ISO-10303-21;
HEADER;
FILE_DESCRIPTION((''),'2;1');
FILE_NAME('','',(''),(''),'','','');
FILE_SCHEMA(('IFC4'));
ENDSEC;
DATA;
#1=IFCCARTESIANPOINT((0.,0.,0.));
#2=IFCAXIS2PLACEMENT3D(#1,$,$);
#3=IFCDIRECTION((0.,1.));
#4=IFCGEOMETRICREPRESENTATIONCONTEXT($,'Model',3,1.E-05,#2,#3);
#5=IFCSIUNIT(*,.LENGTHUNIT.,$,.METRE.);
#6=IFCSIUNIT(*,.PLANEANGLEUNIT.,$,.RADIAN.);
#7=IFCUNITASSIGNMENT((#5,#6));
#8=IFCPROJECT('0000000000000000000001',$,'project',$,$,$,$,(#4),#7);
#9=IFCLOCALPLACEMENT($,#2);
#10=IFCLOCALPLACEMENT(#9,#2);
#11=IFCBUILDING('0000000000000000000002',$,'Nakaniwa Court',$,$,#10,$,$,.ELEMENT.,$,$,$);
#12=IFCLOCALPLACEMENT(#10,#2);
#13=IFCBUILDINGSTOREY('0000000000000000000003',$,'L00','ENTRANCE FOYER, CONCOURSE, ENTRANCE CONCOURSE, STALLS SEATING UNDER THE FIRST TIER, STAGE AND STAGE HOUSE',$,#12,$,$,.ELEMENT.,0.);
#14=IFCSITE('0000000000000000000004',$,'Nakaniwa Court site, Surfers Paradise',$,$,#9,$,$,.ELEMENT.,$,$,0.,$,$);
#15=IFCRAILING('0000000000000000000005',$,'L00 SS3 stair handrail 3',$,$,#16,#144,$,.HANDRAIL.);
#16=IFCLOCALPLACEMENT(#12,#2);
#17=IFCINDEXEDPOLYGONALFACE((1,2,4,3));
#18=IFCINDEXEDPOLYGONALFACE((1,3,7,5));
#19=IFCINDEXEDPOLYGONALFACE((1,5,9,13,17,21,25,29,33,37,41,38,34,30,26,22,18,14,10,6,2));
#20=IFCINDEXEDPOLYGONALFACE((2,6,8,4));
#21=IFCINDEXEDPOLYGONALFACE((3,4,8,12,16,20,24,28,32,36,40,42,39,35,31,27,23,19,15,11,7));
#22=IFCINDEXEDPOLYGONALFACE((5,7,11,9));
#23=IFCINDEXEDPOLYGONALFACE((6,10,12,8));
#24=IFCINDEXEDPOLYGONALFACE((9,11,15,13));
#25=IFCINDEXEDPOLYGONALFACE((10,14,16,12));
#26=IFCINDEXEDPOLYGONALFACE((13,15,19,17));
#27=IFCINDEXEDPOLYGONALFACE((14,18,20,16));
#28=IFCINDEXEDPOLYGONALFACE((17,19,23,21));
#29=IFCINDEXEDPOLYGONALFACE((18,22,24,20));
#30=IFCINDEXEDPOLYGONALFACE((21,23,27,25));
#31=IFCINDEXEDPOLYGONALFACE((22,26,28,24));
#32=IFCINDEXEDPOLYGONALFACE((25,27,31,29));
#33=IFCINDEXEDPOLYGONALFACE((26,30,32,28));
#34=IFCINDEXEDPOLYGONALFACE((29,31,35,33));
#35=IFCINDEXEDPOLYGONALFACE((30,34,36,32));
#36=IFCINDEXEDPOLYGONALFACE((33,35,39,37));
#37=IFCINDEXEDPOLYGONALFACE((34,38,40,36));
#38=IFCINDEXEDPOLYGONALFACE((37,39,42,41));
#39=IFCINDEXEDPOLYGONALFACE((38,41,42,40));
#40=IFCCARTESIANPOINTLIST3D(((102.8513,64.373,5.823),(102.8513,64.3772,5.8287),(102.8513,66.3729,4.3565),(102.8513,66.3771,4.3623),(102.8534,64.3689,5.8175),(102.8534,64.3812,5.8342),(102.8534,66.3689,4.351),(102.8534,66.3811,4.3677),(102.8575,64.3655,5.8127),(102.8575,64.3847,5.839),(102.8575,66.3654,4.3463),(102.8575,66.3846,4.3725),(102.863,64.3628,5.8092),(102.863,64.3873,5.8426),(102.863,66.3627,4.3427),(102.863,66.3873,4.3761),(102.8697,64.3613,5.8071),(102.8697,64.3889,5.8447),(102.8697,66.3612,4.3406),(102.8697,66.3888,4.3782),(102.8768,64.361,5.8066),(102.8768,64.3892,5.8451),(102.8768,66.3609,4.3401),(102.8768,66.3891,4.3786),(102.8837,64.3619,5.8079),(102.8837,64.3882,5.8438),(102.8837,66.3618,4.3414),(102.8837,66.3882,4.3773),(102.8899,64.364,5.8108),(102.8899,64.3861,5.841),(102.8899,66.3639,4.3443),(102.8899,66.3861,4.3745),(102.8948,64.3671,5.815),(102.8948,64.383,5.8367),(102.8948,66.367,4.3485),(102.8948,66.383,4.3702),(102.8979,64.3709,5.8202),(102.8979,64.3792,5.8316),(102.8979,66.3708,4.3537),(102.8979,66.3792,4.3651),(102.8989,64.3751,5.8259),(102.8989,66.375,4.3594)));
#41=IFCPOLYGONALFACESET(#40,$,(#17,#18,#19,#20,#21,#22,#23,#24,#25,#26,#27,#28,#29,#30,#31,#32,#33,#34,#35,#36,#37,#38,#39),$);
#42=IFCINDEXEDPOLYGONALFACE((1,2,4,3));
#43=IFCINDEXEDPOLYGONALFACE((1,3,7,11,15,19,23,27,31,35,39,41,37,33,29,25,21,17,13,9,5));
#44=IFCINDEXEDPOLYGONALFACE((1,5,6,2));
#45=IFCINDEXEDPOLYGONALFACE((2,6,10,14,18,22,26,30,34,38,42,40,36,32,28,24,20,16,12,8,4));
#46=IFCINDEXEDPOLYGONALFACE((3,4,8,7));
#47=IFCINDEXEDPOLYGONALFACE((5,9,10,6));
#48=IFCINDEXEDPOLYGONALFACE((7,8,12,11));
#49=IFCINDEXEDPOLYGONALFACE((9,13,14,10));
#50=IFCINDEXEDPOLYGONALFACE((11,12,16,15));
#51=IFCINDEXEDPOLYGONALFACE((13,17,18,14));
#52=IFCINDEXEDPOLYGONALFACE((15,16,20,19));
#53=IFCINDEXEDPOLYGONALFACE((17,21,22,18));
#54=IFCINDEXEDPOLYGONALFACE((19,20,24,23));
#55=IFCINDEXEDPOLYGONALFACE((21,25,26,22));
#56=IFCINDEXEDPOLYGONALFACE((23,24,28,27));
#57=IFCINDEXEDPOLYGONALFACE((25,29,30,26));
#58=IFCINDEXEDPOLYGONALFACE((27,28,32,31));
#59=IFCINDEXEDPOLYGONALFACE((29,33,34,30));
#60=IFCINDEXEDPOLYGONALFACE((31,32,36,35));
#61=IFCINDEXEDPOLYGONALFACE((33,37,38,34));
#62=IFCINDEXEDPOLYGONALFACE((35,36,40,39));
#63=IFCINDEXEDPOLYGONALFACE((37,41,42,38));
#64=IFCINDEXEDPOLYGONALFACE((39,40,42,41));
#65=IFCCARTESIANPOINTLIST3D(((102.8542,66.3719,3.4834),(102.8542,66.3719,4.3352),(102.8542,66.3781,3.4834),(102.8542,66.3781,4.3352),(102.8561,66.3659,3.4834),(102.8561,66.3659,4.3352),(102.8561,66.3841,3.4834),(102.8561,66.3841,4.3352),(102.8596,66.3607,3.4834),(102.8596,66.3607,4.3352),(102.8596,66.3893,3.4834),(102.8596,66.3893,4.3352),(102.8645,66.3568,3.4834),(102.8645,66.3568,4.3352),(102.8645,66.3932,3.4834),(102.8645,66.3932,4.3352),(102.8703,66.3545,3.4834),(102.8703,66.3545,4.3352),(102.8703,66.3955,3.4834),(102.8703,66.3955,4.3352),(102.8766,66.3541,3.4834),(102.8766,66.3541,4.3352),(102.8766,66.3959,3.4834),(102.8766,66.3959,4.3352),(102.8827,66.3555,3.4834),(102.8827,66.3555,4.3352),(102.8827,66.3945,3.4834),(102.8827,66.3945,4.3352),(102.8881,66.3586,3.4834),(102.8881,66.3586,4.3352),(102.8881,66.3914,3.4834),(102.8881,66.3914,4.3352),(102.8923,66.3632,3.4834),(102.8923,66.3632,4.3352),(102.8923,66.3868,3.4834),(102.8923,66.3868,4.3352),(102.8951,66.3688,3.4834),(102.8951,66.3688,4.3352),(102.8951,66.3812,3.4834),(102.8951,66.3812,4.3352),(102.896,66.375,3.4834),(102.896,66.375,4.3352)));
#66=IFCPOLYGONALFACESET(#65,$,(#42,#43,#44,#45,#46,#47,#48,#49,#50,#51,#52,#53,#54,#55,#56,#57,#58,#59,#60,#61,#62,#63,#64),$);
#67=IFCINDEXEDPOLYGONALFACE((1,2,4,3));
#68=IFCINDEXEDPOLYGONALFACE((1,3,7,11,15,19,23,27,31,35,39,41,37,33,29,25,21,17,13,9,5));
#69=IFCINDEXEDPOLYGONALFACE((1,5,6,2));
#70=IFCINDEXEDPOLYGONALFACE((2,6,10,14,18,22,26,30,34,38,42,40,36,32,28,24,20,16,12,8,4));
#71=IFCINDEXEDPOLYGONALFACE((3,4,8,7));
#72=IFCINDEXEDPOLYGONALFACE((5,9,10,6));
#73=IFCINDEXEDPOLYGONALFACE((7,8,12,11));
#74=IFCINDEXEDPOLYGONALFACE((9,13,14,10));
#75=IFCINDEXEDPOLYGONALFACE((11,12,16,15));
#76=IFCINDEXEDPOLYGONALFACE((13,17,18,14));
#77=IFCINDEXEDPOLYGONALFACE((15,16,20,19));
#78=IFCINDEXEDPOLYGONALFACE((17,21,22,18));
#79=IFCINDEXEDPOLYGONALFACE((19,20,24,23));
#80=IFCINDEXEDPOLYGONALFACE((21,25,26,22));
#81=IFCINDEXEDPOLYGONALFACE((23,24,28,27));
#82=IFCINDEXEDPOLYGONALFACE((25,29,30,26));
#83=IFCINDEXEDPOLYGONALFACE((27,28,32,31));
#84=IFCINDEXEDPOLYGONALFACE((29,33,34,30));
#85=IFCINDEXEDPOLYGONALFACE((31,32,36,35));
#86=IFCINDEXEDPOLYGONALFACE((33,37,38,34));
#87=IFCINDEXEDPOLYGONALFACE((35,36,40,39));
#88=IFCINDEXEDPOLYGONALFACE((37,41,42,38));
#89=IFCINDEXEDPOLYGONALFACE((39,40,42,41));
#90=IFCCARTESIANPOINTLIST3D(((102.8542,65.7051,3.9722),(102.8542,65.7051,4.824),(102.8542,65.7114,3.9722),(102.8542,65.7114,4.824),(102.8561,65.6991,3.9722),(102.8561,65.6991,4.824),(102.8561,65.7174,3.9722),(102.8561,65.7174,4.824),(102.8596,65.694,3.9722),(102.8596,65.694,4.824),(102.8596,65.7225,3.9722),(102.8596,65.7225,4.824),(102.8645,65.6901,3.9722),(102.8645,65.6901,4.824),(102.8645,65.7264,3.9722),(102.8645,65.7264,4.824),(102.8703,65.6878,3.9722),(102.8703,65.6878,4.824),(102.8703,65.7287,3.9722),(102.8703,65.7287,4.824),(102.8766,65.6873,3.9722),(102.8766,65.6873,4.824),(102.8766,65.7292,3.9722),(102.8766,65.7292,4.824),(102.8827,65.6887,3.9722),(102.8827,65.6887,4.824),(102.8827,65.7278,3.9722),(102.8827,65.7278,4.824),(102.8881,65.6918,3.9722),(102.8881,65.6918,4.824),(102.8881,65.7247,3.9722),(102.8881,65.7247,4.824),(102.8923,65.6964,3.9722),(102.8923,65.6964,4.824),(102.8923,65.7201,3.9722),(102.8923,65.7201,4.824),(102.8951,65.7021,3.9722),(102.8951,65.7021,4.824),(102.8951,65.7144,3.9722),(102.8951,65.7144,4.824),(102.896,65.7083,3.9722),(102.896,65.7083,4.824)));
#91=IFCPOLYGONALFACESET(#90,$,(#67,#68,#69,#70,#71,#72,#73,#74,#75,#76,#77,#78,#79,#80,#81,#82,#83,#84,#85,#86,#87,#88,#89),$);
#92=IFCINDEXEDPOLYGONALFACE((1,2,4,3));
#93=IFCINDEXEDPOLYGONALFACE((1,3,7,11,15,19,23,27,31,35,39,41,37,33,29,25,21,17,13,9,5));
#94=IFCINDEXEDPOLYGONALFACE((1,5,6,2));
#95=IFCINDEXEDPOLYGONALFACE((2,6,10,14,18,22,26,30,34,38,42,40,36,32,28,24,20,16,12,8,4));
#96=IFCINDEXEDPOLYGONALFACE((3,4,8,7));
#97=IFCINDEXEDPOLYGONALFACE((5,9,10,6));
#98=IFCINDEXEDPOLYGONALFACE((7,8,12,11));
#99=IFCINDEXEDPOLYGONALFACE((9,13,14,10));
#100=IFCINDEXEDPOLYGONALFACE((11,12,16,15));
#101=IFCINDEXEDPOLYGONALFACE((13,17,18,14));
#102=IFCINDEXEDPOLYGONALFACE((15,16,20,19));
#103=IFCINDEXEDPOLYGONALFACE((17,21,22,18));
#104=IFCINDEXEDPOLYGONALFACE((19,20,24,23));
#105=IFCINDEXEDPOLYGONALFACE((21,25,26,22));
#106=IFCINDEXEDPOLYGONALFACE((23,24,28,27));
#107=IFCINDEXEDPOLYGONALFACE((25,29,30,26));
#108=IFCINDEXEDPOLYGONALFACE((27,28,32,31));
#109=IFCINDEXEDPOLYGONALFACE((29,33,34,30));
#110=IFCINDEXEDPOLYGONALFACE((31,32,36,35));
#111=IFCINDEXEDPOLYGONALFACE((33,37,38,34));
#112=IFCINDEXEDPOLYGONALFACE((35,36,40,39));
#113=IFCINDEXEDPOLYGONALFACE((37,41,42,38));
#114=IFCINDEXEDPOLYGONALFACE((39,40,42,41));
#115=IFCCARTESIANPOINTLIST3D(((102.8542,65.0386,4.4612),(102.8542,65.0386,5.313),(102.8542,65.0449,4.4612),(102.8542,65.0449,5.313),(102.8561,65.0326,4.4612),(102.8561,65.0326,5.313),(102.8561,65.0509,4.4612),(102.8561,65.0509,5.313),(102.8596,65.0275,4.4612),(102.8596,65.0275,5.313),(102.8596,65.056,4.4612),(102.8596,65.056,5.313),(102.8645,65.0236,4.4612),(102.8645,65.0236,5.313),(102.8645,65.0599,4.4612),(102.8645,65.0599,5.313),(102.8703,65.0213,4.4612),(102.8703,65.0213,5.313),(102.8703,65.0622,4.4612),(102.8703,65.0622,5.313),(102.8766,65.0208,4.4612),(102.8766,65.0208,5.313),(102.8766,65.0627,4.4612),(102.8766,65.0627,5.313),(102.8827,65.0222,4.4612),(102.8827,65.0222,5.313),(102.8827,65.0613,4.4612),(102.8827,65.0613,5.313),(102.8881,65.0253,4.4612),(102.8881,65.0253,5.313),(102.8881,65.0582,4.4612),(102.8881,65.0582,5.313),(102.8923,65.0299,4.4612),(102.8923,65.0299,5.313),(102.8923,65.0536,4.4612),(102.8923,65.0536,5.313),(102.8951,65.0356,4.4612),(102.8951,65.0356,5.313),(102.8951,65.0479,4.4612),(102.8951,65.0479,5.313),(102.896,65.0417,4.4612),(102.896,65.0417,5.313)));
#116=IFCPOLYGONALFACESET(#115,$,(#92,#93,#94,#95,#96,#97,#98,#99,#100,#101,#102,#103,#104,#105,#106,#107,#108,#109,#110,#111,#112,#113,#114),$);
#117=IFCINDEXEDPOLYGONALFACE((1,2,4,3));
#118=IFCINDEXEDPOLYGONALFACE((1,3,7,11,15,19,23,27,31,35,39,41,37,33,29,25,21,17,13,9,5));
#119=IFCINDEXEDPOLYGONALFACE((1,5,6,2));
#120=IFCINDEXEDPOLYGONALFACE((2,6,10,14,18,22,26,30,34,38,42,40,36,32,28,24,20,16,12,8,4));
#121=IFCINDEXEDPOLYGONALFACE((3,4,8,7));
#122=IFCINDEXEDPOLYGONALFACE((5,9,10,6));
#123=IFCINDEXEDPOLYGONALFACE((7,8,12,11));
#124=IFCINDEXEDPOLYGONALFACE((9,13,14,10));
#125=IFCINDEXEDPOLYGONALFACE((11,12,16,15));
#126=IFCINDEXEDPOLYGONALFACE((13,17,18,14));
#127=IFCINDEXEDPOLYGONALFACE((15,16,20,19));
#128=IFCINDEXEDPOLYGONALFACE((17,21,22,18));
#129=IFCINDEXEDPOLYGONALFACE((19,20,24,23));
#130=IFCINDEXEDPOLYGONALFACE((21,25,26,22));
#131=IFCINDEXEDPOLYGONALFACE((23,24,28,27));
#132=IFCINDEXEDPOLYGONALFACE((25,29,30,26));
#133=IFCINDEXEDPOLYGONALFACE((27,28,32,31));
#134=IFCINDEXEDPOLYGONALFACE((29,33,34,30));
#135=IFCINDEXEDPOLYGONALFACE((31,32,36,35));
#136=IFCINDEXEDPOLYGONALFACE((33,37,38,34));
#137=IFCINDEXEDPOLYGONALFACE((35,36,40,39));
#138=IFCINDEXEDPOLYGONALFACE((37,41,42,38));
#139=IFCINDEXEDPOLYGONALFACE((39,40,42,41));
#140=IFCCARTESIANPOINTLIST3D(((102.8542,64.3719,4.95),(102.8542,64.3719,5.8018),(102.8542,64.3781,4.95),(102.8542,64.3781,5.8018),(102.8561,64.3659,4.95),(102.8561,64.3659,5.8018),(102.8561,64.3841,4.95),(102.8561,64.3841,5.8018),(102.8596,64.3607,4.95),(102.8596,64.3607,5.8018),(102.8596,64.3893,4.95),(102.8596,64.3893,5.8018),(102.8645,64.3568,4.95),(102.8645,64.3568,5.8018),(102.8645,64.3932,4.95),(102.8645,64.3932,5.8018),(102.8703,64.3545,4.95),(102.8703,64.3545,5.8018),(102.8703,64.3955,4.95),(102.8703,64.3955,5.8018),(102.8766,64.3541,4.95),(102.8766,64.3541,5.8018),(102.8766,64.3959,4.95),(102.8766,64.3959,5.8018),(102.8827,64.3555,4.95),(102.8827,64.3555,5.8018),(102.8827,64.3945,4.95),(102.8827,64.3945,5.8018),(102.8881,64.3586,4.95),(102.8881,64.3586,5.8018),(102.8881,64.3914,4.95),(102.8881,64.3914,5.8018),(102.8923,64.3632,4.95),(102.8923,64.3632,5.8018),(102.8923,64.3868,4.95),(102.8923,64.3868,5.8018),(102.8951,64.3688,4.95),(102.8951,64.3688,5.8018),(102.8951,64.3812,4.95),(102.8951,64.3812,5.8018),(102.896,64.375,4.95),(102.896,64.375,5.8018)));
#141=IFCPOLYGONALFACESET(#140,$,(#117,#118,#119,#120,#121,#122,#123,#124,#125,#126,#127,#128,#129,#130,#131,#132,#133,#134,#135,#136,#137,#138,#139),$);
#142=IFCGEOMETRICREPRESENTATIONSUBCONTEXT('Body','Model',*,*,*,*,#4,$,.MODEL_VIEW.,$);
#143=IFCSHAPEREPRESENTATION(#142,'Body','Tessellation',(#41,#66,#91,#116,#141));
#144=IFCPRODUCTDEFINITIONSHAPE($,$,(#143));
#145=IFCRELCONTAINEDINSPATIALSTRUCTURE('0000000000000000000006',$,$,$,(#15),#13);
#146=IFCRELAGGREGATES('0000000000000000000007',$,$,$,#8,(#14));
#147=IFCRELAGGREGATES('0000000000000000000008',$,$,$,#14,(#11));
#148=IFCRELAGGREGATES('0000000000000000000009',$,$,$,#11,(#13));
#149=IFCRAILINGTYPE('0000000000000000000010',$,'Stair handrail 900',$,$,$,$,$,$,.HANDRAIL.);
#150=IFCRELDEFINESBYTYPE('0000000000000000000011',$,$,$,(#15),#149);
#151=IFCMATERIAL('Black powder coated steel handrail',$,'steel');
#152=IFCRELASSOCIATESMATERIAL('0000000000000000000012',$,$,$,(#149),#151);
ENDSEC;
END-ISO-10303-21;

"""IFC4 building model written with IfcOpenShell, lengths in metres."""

from ifc_helpers import new_model, si_unit, direction, frame, origin, origin_2d, place, context, subcontext, project, spatial, circle, extrude, material, type_object, element, save


model = new_model("IFC4")

# Units and contexts
model_context = context("Model", 3, precision=1e-05, world=origin(), true_north=direction((0.0, 1.0)))
body_context = subcontext(model_context, "Body", "Model", "MODEL_VIEW")
ifc_project = project(units=[si_unit("LENGTHUNIT", "METRE"), si_unit("PLANEANGLEUNIT", "RADIAN")], contexts=[model_context])

# Site, building, storey
site_placement = place(None, origin())
site = spatial("IfcSite", under=ifc_project, at=site_placement, Name="Nakaniwa Court site, Surfers Paradise", CompositionType="ELEMENT", RefElevation=0.0)
building_placement = place(site_placement, origin())
building = spatial("IfcBuilding", under=site, at=building_placement, Name="Nakaniwa Court", CompositionType="ELEMENT")
storey_placement = place(building_placement, origin())
storey = spatial("IfcBuildingStorey", under=building, at=storey_placement, Name="L00", Description="ENTRANCE FOYER, CONCOURSE, ENTRANCE CONCOURSE, STALLS SEATING UNDER THE FIRST TIER, STAGE AND STAGE HOUSE", CompositionType="ELEMENT", Elevation=0.0)

# Railing
ifc_material_1 = material(Name="Black powder coated steel handrail", Category="steel")
railing_type_1 = type_object("IfcRailingType", Name="Stair handrail 900", PredefinedType="HANDRAIL", material=ifc_material_1)
for number, where, name in (
    (1, (102.875, 66.375, 3.4834), "L00 SS3 stair handrail 3"),
):
    element("IfcRailing", number, at=place(storey_placement, frame(where)), inside=storey, type_object=railing_type_1, Name=name, PredefinedType="HANDRAIL", context=body_context, shape_type="SweptSolid", body=[
        extrude(circle(Radius=0.0239, at=origin_2d()), frame((0.0, 0.0, 0.876), z_axis=(0.0, -0.806427, 0.591334), x_axis=(1.0, 0.0, 0.0)), (0.0, 0.0, 1.0), 2.48),
        extrude(circle(Radius=0.021, at=origin_2d()), origin(), (0.0, 0.0, 1.0), 0.8518),
        extrude(circle(Radius=0.021, at=origin_2d()), frame((0.0, -0.6667, 0.4888)), (0.0, 0.0, 1.0), 0.8518),
        extrude(circle(Radius=0.021, at=origin_2d()), frame((0.0, -1.3333, 0.9778)), (0.0, 0.0, 1.0), 0.8518),
        extrude(circle(Radius=0.021, at=origin_2d()), frame((0.0, -2.0, 1.4666)), (0.0, 0.0, 1.0), 0.8518),
    ])

save(model, "model.ifc")
